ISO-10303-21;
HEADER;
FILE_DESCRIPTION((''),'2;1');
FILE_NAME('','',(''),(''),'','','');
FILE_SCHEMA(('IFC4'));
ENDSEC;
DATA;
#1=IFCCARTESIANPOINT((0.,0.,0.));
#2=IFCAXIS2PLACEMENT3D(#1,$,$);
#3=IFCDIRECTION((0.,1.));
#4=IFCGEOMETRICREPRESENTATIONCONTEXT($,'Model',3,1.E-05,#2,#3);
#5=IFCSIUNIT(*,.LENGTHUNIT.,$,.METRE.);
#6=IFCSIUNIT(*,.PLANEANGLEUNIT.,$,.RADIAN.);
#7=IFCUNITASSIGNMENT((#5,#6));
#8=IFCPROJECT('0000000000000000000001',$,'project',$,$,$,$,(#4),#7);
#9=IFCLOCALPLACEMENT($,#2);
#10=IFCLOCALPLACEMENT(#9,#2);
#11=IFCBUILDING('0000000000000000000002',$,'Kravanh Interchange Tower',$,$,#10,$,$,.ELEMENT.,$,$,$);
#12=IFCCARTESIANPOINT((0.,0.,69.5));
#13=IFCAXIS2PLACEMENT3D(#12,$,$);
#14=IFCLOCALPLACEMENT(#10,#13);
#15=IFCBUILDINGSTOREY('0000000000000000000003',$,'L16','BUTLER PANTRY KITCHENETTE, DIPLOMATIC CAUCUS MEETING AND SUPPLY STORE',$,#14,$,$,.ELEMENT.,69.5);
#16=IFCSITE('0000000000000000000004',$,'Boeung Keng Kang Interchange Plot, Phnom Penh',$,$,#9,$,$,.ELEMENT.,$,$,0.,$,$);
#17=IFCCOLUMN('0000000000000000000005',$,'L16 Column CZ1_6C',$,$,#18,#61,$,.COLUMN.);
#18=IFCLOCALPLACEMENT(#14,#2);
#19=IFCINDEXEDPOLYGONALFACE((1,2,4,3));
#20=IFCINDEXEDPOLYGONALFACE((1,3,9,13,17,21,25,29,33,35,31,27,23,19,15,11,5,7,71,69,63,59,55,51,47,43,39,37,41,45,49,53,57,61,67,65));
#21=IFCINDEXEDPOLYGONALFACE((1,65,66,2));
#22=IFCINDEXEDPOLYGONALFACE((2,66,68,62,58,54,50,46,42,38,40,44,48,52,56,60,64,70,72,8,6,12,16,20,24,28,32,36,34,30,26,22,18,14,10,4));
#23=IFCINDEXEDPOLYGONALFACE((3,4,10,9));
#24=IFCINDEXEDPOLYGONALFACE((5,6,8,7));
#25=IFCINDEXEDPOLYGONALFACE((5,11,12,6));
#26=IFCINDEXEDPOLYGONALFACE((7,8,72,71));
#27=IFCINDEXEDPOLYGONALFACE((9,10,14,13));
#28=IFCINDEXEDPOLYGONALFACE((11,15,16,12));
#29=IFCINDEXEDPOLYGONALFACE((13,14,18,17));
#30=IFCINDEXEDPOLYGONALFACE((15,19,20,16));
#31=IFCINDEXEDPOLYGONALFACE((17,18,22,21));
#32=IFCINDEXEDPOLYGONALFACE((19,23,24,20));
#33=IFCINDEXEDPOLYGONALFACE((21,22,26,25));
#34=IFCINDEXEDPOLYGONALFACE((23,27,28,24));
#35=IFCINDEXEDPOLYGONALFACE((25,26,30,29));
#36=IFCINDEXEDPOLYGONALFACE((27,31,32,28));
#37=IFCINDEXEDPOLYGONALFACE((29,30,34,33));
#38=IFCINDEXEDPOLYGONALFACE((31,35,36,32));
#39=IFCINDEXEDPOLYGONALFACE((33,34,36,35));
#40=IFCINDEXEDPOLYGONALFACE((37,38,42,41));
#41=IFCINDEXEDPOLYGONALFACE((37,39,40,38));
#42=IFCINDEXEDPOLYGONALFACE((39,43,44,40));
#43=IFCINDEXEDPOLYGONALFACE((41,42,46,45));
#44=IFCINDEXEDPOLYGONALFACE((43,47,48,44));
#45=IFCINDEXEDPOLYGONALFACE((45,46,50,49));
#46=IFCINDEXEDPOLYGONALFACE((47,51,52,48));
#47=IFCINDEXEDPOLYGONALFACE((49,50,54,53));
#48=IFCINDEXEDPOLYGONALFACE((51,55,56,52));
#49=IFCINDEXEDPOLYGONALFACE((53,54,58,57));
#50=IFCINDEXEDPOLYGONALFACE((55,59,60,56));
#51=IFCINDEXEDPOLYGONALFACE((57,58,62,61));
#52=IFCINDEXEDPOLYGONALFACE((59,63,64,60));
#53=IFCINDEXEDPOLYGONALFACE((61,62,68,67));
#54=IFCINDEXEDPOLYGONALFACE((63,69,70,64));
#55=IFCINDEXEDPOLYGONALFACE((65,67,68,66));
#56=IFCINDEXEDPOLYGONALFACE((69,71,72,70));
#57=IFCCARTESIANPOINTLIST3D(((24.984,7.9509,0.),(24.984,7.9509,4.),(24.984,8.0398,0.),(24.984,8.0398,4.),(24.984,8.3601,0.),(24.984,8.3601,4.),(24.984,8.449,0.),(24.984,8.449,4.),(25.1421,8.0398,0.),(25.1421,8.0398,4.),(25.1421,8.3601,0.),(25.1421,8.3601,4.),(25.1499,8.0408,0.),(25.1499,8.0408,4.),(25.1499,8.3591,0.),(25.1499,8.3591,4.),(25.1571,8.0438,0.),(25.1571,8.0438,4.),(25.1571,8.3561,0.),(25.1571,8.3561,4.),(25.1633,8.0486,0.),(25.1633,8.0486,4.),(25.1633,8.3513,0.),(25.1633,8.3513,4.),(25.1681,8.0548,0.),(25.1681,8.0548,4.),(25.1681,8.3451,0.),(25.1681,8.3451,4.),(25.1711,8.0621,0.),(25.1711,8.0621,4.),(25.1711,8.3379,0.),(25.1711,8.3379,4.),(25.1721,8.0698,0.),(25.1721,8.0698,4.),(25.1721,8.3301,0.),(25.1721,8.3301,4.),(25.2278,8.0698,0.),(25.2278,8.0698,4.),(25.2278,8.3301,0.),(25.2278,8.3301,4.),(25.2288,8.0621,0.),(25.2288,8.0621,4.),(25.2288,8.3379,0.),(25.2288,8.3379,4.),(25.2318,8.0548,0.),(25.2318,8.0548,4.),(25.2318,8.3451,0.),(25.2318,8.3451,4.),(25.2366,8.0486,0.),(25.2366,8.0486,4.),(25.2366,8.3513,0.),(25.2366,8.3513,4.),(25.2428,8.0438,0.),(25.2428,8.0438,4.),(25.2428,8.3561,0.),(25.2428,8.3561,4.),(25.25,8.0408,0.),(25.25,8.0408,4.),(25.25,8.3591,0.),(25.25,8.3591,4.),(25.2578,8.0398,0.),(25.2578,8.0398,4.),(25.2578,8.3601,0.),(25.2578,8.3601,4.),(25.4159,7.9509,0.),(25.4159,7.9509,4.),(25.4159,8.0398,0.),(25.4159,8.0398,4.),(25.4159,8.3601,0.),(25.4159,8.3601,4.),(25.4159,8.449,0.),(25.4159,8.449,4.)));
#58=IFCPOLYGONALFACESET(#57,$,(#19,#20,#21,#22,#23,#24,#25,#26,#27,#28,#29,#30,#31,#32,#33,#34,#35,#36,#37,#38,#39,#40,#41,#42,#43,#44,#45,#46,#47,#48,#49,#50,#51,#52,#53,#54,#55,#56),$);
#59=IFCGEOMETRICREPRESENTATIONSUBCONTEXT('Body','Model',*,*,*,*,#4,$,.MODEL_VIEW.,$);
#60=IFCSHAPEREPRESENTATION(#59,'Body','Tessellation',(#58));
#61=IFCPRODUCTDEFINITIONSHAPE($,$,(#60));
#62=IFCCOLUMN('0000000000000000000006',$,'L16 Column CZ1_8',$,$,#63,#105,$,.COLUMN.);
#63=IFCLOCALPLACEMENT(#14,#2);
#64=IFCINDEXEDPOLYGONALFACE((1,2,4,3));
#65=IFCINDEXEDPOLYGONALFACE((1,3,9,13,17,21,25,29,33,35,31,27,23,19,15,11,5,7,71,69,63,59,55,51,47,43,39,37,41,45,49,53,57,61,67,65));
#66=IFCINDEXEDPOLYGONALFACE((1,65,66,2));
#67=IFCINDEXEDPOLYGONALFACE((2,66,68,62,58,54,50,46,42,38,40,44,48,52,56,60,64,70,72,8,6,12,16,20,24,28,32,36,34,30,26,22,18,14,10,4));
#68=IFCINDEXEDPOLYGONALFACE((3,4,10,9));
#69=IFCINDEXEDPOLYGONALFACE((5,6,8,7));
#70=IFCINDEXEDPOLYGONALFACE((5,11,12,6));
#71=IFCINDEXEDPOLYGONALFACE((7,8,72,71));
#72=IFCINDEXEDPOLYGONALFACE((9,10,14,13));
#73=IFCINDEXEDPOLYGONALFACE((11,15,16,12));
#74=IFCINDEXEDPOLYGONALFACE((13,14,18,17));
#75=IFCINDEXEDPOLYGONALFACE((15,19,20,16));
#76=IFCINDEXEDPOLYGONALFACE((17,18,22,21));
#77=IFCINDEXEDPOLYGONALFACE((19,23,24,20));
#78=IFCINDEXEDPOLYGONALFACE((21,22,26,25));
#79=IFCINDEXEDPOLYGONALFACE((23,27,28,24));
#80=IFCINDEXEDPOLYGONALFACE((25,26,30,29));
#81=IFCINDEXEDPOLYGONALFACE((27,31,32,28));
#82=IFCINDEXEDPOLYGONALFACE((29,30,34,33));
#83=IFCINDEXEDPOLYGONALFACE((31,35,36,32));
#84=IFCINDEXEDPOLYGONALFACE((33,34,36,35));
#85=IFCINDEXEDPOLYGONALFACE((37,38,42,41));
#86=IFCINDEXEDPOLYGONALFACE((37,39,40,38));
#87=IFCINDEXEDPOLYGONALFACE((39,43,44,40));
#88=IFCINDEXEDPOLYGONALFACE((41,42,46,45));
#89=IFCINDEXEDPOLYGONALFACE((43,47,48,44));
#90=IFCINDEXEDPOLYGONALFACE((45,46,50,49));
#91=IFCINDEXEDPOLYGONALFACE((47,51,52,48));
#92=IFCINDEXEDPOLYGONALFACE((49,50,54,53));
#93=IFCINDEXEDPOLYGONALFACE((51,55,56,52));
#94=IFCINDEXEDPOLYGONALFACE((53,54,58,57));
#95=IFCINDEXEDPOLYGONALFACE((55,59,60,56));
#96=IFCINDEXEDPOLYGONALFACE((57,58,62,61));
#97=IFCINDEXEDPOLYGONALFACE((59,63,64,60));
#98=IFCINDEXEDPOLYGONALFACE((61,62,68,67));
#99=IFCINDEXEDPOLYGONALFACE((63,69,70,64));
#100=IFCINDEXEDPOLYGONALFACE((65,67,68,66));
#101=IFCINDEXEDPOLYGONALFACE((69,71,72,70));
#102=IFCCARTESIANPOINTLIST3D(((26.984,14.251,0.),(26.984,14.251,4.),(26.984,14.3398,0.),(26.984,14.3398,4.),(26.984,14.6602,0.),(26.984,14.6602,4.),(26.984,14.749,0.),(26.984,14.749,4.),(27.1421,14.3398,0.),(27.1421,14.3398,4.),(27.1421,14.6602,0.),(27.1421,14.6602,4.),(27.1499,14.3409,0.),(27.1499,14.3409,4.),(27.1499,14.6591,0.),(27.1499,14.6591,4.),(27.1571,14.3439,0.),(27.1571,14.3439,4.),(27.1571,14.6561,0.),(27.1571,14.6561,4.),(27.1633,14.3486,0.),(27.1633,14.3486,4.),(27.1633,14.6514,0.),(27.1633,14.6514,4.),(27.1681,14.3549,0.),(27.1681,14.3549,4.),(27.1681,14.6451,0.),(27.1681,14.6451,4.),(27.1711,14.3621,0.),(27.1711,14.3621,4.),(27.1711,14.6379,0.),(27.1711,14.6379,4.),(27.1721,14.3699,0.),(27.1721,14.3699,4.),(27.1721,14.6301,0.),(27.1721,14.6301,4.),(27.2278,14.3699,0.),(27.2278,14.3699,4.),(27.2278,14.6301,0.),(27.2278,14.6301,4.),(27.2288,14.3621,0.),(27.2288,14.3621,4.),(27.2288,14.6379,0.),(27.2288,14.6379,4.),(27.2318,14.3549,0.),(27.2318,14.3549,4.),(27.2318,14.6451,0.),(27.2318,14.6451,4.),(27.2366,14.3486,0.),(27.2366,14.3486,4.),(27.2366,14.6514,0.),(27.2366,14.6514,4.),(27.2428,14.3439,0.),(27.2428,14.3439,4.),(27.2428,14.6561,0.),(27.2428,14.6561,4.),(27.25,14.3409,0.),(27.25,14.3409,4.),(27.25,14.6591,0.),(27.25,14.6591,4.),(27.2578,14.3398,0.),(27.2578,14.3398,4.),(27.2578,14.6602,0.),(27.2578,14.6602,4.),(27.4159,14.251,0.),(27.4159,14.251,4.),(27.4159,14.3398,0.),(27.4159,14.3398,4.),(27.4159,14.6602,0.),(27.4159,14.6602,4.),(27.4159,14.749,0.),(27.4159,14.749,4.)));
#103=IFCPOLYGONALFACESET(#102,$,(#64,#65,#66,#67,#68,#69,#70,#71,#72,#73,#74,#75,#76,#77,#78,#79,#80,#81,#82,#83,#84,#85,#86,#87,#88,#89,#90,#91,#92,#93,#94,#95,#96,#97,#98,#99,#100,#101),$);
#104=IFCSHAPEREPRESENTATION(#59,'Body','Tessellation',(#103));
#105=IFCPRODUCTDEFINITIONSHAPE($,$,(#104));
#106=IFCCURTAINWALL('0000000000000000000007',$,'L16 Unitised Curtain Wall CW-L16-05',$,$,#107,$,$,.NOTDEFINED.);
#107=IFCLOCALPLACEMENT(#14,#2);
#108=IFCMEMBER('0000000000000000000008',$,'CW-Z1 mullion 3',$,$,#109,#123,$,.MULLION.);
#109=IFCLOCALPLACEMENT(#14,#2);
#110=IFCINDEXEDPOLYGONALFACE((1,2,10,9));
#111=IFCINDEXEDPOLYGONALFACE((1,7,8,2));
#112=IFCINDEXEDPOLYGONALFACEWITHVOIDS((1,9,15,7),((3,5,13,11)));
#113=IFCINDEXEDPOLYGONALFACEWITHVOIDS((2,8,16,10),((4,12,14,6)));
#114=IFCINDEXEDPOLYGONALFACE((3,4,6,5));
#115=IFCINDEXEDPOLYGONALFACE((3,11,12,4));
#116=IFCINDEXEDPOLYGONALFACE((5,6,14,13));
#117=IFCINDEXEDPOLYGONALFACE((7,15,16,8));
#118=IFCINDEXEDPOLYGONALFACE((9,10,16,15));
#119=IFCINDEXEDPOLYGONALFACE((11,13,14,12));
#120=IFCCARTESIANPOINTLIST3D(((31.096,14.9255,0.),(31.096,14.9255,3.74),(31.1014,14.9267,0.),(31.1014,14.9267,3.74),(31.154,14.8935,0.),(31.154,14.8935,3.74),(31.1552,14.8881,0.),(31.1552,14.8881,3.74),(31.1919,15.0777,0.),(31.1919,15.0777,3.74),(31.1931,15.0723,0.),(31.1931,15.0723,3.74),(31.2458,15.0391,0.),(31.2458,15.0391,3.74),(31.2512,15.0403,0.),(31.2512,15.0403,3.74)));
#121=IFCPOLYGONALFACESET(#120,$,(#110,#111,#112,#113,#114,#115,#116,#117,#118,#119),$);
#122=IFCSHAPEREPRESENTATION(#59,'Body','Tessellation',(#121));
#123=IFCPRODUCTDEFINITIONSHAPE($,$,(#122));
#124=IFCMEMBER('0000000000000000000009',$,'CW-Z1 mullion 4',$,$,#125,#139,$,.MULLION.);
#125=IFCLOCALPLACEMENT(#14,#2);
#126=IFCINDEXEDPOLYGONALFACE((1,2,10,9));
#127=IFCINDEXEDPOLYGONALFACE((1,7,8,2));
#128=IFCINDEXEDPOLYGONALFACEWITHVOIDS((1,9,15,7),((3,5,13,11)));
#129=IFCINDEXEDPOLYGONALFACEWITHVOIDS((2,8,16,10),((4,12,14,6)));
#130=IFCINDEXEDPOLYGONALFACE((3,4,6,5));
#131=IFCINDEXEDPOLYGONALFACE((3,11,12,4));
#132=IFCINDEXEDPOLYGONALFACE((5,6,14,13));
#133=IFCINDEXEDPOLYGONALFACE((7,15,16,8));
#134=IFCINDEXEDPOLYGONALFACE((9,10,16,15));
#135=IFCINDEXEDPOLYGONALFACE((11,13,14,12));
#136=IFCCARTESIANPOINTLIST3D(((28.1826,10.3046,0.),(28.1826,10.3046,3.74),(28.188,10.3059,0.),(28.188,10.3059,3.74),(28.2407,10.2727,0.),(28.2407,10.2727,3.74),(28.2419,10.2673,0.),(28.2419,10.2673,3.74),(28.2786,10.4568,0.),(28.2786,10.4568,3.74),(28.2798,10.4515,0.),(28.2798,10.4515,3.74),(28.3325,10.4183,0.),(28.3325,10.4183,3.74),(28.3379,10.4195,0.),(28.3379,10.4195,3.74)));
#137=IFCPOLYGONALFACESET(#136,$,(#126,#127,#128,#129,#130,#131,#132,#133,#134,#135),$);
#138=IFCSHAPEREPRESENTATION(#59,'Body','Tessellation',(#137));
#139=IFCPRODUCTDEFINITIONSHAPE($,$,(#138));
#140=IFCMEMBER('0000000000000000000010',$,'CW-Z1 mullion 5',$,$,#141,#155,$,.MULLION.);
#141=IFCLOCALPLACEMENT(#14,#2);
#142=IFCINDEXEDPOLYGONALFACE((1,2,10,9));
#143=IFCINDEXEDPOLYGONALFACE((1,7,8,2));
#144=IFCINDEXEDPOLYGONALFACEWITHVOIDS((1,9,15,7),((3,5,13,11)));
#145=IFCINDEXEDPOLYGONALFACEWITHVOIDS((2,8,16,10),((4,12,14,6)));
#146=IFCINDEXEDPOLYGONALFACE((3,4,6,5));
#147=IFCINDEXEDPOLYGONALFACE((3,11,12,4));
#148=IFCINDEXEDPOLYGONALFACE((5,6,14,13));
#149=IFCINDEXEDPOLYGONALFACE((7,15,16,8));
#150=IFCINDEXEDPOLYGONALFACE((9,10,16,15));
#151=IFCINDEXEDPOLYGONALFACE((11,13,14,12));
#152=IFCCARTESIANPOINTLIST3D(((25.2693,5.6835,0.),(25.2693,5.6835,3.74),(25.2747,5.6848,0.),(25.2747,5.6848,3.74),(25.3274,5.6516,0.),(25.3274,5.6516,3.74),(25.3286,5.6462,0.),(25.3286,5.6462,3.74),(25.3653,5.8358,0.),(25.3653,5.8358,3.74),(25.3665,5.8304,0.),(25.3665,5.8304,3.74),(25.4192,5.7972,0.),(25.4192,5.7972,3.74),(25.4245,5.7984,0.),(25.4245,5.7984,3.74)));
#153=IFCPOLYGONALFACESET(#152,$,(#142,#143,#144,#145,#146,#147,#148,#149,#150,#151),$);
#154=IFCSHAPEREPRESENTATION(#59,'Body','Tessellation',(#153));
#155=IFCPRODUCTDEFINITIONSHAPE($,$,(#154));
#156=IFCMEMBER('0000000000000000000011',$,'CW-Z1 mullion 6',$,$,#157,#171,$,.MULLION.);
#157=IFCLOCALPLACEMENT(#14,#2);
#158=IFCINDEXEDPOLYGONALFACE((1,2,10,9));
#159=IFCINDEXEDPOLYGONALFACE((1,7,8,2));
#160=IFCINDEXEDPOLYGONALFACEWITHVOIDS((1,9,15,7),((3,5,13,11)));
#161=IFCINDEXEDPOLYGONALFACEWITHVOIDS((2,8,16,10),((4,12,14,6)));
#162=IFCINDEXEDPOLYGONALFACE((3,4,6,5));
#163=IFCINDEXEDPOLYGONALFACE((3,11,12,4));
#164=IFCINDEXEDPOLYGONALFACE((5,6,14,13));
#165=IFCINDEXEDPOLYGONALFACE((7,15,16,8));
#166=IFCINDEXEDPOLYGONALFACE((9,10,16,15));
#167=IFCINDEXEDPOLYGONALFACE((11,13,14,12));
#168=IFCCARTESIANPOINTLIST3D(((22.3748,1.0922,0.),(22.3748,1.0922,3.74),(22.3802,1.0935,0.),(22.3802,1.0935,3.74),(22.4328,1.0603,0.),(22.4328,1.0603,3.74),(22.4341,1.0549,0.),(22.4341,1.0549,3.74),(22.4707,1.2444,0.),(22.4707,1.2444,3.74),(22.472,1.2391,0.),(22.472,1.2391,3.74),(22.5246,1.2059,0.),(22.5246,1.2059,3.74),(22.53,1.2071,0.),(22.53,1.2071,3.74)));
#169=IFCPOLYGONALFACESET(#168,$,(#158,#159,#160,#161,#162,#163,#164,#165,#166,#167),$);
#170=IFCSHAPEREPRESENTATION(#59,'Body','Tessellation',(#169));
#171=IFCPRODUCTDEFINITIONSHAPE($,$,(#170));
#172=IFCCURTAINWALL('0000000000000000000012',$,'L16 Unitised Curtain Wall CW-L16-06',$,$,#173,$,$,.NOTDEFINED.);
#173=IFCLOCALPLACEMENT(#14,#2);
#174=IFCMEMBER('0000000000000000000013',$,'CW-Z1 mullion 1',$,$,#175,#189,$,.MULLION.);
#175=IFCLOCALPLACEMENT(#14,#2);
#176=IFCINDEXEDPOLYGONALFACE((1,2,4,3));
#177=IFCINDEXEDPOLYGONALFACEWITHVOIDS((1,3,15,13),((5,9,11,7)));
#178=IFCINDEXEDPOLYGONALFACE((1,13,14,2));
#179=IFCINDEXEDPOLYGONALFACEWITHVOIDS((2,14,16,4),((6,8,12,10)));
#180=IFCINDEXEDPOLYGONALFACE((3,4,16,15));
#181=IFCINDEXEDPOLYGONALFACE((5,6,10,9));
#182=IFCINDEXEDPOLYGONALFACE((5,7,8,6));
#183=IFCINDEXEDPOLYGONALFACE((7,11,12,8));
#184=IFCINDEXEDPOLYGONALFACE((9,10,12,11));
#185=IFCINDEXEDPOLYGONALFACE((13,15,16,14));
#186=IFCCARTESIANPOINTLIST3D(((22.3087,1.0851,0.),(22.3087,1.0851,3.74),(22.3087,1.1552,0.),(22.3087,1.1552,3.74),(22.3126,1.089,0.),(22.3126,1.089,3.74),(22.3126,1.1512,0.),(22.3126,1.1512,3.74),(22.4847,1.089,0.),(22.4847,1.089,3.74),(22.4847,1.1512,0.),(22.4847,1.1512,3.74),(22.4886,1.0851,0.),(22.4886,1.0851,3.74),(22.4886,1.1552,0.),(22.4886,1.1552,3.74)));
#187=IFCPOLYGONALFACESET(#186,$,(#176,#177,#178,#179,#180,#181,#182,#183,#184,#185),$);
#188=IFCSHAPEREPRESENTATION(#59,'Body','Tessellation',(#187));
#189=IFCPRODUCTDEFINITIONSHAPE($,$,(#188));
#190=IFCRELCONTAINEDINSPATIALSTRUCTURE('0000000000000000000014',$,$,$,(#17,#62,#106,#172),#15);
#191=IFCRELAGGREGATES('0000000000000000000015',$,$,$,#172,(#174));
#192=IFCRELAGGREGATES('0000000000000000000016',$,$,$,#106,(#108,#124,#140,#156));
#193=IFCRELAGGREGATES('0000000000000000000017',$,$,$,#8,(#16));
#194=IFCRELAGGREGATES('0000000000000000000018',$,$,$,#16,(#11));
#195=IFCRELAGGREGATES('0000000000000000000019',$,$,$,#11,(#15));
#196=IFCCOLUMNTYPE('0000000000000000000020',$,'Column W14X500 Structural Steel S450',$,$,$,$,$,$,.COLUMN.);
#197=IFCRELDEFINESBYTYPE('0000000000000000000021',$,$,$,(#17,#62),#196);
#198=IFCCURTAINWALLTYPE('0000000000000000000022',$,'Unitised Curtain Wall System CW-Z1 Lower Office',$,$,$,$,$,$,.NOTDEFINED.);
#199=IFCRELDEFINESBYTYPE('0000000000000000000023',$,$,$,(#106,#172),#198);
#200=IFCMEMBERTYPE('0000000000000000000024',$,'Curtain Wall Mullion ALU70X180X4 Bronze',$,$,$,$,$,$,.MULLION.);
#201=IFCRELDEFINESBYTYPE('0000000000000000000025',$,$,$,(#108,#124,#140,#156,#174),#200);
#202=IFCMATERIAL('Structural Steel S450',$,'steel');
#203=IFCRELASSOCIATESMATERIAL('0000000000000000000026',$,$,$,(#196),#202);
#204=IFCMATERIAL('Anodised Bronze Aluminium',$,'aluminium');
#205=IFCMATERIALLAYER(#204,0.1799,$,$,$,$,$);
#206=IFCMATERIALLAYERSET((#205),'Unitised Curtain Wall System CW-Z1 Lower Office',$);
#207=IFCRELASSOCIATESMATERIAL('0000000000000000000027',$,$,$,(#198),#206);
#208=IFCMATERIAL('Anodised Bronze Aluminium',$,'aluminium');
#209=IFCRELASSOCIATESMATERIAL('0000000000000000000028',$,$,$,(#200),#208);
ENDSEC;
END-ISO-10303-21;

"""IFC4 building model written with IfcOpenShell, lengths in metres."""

from ifc_helpers import new_model, si_unit, direction, frame, origin, origin_2d, place, context, subcontext, project, spatial, hollow_rectangle, i_section, extrude, material, layer, layer_set, material_profile, profile_set, type_object, element, aggregate, save


model = new_model("IFC4")

# Units and contexts
model_context = context("Model", 3, precision=1e-05, world=origin(), true_north=direction((0.0, 1.0)))
body_context = subcontext(model_context, "Body", "Model", "MODEL_VIEW")
ifc_project = project(units=[si_unit("LENGTHUNIT", "METRE"), si_unit("PLANEANGLEUNIT", "RADIAN")], contexts=[model_context])

# Site, building, storey
site_placement = place(None, origin())
site = spatial("IfcSite", under=ifc_project, at=site_placement, Name="Boeung Keng Kang Interchange Plot, Phnom Penh", CompositionType="ELEMENT", RefElevation=0.0)
building_placement = place(site_placement, origin())
building = spatial("IfcBuilding", under=site, at=building_placement, Name="Kravanh Interchange Tower", CompositionType="ELEMENT")
storey_placement = place(building_placement, frame((0.0, 0.0, 69.5)))
storey = spatial("IfcBuildingStorey", under=building, at=storey_placement, Name="L16", Description="BUTLER PANTRY KITCHENETTE, DIPLOMATIC CAUCUS MEETING AND SUPPLY STORE", CompositionType="ELEMENT", Elevation=69.5)

# Columns
ifc_material_1 = material(Name="Structural Steel S450", Category="steel")
ifc_material_profile_1 = material_profile(ifc_material_1, i_section(OverallWidth=0.4319, OverallDepth=0.498, WebThickness=0.0557, FlangeThickness=0.0889, FilletRadius=0.03, at=origin_2d()), Name="W14X500")
ifc_profile_set_1 = profile_set([ifc_material_profile_1], Name="Structural Steel S450")
column_type = type_object("IfcColumnType", Name="Column W14X500 Structural Steel S450", PredefinedType="COLUMN", material=ifc_profile_set_1)
for number, where, z_axis, x_axis, name in (
    (1, (25.2, 8.2, 0.0), (0.0, 0.0, 1.0), (1.0, 0.0, 0.0), "L16 Column CZ1_6C"),
    (2, (27.2, 14.5, 0.0), (0.0, 0.0, 1.0), (1.0, 0.0, 0.0), "L16 Column CZ1_8"),
):
    element("IfcColumn", number, at=place(storey_placement, frame(where, z_axis=z_axis, x_axis=x_axis)), inside=storey, type_object=column_type, Name=name, PredefinedType="COLUMN", context=body_context, shape_type="SweptSolid", body=[
        extrude(i_section(OverallWidth=0.4319, OverallDepth=0.498, WebThickness=0.0557, FlangeThickness=0.0889, FilletRadius=0.03, at=origin_2d()), origin(), (0.0, 0.0, 1.0), 4.0),
    ])

# Curtain wall, members
ifc_material_2 = material(Name="Anodised Bronze Aluminium", Category="aluminium")
ifc_layer_1 = layer(ifc_material_2, 0.1799)
ifc_layer_set_1 = layer_set([ifc_layer_1], Name="Unitised Curtain Wall System CW-Z1 Lower Office")
curtain_wall_type = type_object("IfcCurtainWallType", Name="Unitised Curtain Wall System CW-Z1 Lower Office", PredefinedType="NOTDEFINED", material=ifc_layer_set_1)
curtain_wall_1_placement = place(storey_placement, origin())
curtain_wall_1 = element("IfcCurtainWall", 3, at=curtain_wall_1_placement, inside=storey, type_object=curtain_wall_type, Name="L16 Unitised Curtain Wall CW-L16-05", PredefinedType="NOTDEFINED")
ifc_material_3 = material(Name="Anodised Bronze Aluminium", Category="aluminium")
ifc_material_profile_2 = material_profile(ifc_material_3, hollow_rectangle(XDim=0.0701, YDim=0.1799, WallThickness=0.0039, at=origin_2d()), Name="ALU70X180X4")
ifc_profile_set_2 = profile_set([ifc_material_profile_2], Name="Anodised Bronze Aluminium")
member_type_1 = type_object("IfcMemberType", Name="Curtain Wall Mullion ALU70X180X4 Bronze", PredefinedType="MULLION", material=ifc_profile_set_2)
member_1_placement = place(storey_placement, frame((31.1736, 14.9829, 0.0), z_axis=(0.0, 0.0, 1.0), x_axis=(0.845926, -0.533301, 0.0)))
member_1 = element("IfcMember", 4, at=member_1_placement, type_object=member_type_1, Name="CW-Z1 mullion 3", PredefinedType="MULLION", context=body_context, shape_type="SweptSolid", body=[
    extrude(hollow_rectangle(XDim=0.0701, YDim=0.1799, WallThickness=0.0039, at=origin_2d()), origin(), (0.0, 0.0, 1.0), 3.74),
])
member_2_placement = place(storey_placement, frame((28.2603, 10.3621, 0.0), z_axis=(0.0, 0.0, 1.0), x_axis=(0.845926, -0.533301, 0.0)))
member_2 = element("IfcMember", 5, at=member_2_placement, type_object=member_type_1, Name="CW-Z1 mullion 4", PredefinedType="MULLION", context=body_context, shape_type="SweptSolid", body=[
    extrude(hollow_rectangle(XDim=0.0701, YDim=0.1799, WallThickness=0.0039, at=origin_2d()), origin(), (0.0, 0.0, 1.0), 3.74),
])
member_3_placement = place(storey_placement, frame((25.3469, 5.741, 0.0), z_axis=(0.0, 0.0, 1.0), x_axis=(0.845926, -0.533301, 0.0)))
member_3 = element("IfcMember", 6, at=member_3_placement, type_object=member_type_1, Name="CW-Z1 mullion 5", PredefinedType="MULLION", context=body_context, shape_type="SweptSolid", body=[
    extrude(hollow_rectangle(XDim=0.0701, YDim=0.1799, WallThickness=0.0039, at=origin_2d()), origin(), (0.0, 0.0, 1.0), 3.74),
])
member_4_placement = place(storey_placement, frame((22.4524, 1.1497, 0.0), z_axis=(0.0, 0.0, 1.0), x_axis=(0.845926, -0.533301, 0.0)))
member_4 = element("IfcMember", 7, at=member_4_placement, type_object=member_type_1, Name="CW-Z1 mullion 6", PredefinedType="MULLION", context=body_context, shape_type="SweptSolid", body=[
    extrude(hollow_rectangle(XDim=0.0701, YDim=0.1799, WallThickness=0.0039, at=origin_2d()), origin(), (0.0, 0.0, 1.0), 3.74),
])

# Curtain wall, member
curtain_wall_2_placement = place(storey_placement, origin())
curtain_wall_2 = element("IfcCurtainWall", 8, at=curtain_wall_2_placement, inside=storey, type_object=curtain_wall_type, Name="L16 Unitised Curtain Wall CW-L16-06", PredefinedType="NOTDEFINED")
member_5_placement = place(storey_placement, frame((22.3987, 1.1201, 0.0), z_axis=(0.0, 0.0, 1.0), x_axis=(0.0, -1.0, 0.0)))
member_5 = element("IfcMember", 9, at=member_5_placement, type_object=member_type_1, Name="CW-Z1 mullion 1", PredefinedType="MULLION", context=body_context, shape_type="SweptSolid", body=[
    extrude(hollow_rectangle(XDim=0.0701, YDim=0.1799, WallThickness=0.0039, at=origin_2d()), origin(), (0.0, 0.0, 1.0), 3.74),
])

aggregate(curtain_wall_2, [member_5])

aggregate(curtain_wall_1, [member_1, member_2, member_3, member_4])

save(model, "model.ifc")
